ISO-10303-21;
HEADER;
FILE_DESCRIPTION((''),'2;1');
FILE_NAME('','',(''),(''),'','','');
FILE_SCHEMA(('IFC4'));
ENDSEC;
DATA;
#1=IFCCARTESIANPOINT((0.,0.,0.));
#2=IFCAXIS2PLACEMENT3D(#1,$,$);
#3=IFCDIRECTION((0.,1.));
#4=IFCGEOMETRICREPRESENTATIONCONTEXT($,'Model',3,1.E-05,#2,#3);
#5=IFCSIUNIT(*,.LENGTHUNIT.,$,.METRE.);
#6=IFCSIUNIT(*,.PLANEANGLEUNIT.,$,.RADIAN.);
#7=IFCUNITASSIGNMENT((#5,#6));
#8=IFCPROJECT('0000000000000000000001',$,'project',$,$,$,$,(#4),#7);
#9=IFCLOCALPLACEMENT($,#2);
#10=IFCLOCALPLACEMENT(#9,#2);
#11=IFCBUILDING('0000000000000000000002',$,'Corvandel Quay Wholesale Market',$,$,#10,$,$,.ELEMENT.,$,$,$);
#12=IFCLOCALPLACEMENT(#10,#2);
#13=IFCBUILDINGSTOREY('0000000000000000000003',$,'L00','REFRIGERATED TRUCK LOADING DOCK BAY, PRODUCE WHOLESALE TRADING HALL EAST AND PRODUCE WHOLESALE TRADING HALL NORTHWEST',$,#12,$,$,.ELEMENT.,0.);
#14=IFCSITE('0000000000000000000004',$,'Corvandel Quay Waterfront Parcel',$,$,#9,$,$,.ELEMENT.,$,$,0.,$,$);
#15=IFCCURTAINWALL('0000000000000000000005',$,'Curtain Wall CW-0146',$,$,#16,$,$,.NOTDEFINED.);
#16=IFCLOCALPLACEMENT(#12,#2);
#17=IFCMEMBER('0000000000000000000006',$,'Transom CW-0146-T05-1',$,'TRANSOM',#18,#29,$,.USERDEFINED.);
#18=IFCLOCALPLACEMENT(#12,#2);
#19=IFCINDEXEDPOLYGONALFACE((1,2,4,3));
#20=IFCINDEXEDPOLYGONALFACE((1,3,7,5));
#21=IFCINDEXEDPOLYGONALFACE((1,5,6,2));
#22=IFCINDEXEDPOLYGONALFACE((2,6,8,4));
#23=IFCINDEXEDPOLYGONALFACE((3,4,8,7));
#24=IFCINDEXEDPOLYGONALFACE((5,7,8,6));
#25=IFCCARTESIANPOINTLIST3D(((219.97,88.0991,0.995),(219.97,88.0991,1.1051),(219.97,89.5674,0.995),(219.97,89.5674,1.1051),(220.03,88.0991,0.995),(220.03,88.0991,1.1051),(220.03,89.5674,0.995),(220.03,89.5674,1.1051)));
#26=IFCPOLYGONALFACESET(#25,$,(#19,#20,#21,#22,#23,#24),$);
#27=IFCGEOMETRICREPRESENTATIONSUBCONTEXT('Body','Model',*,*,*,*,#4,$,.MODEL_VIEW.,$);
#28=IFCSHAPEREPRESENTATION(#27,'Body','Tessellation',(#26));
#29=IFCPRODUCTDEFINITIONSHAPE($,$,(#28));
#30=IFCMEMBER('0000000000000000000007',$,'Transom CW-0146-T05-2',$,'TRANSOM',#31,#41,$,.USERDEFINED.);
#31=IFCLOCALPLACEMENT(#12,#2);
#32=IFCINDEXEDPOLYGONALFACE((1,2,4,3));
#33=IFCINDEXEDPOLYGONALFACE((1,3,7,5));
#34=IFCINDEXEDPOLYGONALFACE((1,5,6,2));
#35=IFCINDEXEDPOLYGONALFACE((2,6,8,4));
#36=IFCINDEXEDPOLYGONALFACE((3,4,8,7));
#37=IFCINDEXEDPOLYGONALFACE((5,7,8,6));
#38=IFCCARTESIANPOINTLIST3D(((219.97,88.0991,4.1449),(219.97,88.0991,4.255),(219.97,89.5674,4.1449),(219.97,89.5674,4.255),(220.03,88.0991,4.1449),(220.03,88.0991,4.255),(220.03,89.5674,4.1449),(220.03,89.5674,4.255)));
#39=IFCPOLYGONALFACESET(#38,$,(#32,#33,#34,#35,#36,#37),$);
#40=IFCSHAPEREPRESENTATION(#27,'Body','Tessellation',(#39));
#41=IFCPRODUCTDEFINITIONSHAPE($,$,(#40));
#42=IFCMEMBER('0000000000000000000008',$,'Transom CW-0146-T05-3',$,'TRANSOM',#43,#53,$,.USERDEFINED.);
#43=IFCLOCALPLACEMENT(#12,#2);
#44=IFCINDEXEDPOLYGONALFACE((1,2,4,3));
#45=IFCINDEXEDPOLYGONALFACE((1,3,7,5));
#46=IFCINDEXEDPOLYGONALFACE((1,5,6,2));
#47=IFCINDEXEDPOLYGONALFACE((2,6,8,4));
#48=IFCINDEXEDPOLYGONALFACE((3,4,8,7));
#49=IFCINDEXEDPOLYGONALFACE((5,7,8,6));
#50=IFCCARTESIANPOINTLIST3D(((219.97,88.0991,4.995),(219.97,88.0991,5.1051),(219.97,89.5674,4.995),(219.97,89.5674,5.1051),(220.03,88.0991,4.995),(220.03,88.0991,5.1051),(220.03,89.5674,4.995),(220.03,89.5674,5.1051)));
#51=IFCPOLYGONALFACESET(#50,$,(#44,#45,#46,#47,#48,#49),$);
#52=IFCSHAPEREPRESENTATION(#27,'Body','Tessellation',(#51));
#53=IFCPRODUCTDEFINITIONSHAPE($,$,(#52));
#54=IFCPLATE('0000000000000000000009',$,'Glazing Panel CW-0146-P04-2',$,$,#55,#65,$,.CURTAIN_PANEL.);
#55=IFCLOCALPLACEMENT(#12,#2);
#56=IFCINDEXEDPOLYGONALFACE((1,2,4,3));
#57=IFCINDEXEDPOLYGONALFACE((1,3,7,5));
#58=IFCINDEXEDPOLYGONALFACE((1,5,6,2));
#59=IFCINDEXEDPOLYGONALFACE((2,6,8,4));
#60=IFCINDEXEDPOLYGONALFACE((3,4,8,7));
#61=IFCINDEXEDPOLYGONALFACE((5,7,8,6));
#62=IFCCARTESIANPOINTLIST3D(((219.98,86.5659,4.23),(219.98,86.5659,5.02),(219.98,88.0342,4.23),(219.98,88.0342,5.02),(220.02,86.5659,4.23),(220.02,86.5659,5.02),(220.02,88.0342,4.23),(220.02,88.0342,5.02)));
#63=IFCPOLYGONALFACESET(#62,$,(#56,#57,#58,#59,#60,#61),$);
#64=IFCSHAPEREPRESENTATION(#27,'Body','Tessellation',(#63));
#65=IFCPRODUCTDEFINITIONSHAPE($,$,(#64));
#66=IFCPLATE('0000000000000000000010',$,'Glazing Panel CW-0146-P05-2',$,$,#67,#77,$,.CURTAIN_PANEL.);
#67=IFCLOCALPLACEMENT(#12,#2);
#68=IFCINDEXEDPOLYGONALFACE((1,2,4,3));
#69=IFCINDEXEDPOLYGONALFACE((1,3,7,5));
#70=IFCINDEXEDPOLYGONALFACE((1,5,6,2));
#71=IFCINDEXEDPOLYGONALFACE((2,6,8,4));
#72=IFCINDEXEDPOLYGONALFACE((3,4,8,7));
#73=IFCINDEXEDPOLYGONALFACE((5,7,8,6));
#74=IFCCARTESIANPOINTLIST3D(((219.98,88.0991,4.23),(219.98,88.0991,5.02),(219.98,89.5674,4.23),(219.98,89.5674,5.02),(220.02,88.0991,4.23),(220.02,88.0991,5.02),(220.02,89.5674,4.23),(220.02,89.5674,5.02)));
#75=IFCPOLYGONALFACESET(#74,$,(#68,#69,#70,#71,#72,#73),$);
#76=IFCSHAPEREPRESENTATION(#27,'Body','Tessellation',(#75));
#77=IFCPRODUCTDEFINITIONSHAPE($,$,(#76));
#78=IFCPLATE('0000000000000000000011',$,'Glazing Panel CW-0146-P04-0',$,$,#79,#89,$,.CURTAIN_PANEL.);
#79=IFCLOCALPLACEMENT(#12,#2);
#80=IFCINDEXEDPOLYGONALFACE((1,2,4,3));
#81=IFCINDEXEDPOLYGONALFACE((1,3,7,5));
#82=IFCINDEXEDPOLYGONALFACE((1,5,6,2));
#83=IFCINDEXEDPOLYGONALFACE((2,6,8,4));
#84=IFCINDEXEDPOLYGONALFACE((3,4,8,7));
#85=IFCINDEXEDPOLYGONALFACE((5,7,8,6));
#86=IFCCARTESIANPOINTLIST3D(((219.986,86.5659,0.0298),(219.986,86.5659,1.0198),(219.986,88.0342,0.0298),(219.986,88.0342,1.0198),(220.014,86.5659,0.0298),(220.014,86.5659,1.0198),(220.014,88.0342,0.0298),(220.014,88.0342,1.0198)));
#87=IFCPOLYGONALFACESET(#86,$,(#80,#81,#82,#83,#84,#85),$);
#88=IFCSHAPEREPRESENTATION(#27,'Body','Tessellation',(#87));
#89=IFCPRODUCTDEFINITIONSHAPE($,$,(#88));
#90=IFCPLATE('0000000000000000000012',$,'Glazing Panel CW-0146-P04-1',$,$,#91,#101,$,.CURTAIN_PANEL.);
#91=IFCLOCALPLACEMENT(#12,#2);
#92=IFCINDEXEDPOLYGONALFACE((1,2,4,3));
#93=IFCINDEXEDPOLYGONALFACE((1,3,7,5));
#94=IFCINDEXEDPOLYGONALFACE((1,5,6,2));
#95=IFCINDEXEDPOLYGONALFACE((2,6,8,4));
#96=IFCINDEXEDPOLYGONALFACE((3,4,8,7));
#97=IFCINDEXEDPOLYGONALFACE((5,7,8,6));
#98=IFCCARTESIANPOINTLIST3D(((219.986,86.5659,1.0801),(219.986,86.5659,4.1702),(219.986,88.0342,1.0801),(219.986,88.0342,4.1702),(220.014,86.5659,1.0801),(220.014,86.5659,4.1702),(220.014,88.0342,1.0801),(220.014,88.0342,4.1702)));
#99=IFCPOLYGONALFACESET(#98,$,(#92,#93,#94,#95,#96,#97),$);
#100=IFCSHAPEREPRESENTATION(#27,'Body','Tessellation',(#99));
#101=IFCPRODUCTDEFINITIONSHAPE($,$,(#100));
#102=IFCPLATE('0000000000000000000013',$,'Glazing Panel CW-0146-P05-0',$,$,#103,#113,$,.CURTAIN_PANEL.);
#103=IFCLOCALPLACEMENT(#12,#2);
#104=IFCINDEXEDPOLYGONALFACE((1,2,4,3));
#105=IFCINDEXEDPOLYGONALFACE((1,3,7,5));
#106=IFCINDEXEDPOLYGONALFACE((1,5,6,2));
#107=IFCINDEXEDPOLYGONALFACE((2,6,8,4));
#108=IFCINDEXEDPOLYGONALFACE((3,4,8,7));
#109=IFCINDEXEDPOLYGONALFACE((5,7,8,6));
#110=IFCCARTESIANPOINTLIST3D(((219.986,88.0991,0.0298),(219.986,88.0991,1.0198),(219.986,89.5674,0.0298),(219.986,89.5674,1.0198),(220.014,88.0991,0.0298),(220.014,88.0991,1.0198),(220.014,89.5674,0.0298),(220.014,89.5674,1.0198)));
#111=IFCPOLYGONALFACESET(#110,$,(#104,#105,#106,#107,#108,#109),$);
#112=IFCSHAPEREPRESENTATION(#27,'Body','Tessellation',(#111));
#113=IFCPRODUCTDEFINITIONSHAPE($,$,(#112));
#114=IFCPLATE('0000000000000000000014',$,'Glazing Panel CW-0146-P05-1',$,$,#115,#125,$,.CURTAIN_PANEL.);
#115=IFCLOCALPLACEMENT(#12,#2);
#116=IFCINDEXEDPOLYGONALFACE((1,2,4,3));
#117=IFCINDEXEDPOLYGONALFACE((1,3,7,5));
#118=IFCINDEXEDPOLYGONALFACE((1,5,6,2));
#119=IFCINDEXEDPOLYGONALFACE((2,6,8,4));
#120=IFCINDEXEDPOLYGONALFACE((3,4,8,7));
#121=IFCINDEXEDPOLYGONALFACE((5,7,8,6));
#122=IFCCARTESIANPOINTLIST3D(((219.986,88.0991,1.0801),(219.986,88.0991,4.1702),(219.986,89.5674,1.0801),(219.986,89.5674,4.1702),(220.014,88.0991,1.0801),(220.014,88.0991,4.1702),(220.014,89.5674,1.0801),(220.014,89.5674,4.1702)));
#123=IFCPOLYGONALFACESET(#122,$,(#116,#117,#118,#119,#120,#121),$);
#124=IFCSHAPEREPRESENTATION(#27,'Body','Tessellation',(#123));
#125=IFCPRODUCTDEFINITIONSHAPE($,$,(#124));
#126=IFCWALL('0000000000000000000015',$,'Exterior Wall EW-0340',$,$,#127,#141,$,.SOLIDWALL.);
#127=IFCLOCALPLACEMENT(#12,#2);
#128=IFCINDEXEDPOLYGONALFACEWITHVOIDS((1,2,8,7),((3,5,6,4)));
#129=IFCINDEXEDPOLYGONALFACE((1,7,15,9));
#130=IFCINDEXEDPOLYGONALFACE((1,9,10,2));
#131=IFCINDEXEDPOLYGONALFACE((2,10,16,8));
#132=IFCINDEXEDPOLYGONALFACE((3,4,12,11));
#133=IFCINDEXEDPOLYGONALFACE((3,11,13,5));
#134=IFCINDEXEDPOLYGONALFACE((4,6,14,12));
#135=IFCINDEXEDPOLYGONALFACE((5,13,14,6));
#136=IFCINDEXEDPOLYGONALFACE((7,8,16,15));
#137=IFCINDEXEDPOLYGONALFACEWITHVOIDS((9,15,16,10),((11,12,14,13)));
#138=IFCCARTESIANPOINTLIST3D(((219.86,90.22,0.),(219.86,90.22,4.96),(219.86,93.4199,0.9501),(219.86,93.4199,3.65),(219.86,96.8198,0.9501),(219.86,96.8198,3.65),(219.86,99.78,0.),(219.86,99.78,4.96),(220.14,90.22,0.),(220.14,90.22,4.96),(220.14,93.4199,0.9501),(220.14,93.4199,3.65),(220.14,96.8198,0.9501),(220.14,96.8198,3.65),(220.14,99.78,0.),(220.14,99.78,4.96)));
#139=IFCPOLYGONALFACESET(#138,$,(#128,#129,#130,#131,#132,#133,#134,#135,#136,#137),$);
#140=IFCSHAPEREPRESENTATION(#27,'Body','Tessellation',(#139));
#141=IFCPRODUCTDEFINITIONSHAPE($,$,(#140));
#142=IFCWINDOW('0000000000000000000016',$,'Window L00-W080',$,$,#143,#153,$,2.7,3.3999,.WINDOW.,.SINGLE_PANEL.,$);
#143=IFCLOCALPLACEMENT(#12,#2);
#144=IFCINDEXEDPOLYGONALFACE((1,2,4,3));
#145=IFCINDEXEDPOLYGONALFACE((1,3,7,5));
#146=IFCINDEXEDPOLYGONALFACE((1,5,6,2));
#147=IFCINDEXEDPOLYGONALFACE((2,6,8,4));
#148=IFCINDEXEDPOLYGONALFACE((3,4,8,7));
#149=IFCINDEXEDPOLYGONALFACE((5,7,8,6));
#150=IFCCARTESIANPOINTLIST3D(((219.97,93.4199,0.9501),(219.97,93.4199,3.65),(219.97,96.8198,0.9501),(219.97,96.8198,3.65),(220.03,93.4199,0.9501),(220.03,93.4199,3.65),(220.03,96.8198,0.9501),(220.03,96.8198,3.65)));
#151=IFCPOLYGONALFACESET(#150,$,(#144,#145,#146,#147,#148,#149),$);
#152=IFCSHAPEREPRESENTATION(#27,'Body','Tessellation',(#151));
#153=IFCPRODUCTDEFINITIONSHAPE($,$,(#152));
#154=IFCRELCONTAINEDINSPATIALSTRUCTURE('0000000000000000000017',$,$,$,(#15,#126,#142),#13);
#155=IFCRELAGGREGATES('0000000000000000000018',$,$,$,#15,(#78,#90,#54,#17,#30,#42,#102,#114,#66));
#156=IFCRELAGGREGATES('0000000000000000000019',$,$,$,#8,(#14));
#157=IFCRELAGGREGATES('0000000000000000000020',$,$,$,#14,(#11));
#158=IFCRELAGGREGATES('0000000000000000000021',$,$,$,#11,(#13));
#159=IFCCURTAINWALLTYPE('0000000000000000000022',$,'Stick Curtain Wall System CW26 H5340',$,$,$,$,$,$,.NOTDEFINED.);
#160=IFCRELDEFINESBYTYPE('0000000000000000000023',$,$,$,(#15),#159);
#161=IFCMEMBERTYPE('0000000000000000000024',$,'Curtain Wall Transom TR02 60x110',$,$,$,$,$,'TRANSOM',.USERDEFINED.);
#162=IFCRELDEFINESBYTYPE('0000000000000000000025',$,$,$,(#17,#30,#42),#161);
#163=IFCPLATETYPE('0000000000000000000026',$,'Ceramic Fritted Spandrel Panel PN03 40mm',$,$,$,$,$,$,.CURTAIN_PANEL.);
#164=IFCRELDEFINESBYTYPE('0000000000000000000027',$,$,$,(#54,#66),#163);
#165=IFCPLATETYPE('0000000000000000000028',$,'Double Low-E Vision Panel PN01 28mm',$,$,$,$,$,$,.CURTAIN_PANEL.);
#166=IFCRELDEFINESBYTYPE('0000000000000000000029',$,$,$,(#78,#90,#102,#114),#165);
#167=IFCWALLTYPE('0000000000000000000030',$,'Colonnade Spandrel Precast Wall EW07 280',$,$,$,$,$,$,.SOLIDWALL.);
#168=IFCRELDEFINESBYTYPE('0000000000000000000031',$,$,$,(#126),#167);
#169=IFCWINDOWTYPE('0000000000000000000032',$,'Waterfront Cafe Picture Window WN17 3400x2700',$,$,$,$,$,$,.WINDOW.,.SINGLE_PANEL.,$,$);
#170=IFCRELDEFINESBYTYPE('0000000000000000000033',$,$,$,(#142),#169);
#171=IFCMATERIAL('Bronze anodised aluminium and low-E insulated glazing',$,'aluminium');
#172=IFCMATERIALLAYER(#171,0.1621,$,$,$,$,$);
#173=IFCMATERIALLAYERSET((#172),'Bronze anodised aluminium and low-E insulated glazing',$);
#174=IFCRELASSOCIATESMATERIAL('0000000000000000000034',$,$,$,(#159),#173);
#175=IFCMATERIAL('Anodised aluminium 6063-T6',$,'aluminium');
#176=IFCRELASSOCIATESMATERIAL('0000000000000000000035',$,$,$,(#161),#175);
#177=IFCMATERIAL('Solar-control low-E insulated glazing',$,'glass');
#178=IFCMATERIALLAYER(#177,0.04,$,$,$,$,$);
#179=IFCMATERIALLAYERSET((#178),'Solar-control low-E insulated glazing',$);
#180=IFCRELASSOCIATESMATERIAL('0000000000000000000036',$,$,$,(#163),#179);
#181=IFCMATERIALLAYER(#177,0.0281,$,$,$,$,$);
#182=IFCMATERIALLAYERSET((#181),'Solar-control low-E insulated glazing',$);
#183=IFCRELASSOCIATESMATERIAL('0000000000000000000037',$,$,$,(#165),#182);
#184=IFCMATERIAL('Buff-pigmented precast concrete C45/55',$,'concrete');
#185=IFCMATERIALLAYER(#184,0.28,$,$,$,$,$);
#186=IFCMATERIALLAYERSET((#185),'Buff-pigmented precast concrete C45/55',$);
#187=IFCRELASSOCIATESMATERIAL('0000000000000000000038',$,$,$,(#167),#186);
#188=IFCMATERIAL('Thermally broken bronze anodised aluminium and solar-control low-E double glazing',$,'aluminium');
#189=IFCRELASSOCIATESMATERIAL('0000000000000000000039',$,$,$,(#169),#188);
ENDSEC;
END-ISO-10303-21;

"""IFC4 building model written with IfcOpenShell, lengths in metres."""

from ifc_helpers import new_model, si_unit, direction, frame, frame_2d, origin, origin_2d, place, context, subcontext, project, spatial, rectangle, extrude, material, layer, layer_set, material_profile, profile_set, type_object, element, fill, aggregate, save


model = new_model("IFC4")

# Units and contexts
model_context = context("Model", 3, precision=1e-05, world=origin(), true_north=direction((0.0, 1.0)))
body_context = subcontext(model_context, "Body", "Model", "MODEL_VIEW")
ifc_project = project(units=[si_unit("LENGTHUNIT", "METRE"), si_unit("PLANEANGLEUNIT", "RADIAN")], contexts=[model_context])

# Site, building, storey
site_placement = place(None, origin())
site = spatial("IfcSite", under=ifc_project, at=site_placement, Name="Corvandel Quay Waterfront Parcel", CompositionType="ELEMENT", RefElevation=0.0)
building_placement = place(site_placement, origin())
building = spatial("IfcBuilding", under=site, at=building_placement, Name="Corvandel Quay Wholesale Market", CompositionType="ELEMENT")
storey_placement = place(building_placement, origin())
storey = spatial("IfcBuildingStorey", under=building, at=storey_placement, Name="L00", Description="REFRIGERATED TRUCK LOADING DOCK BAY, PRODUCE WHOLESALE TRADING HALL EAST AND PRODUCE WHOLESALE TRADING HALL NORTHWEST", CompositionType="ELEMENT", Elevation=0.0)

# Curtain wall, members, plates
ifc_material_1 = material(Name="Bronze anodised aluminium and low-E insulated glazing", Category="aluminium")
ifc_layer_1 = layer(ifc_material_1, 0.1621)
ifc_layer_set_1 = layer_set([ifc_layer_1], Name="Bronze anodised aluminium and low-E insulated glazing")
curtain_wall_type = type_object("IfcCurtainWallType", Name="Stick Curtain Wall System CW26 H5340", PredefinedType="NOTDEFINED", material=ifc_layer_set_1)
curtain_wall_placement = place(storey_placement, origin())
curtain_wall = element("IfcCurtainWall", 1, at=curtain_wall_placement, inside=storey, type_object=curtain_wall_type, Name="Curtain Wall CW-0146", PredefinedType="NOTDEFINED")
ifc_material_2 = material(Name="Anodised aluminium 6063-T6", Category="aluminium")
ifc_material_profile_1 = material_profile(ifc_material_2, rectangle(XDim=0.0601, YDim=0.1101, at=origin_2d()), Name="ALU-TRN-60x110")
ifc_profile_set_1 = profile_set([ifc_material_profile_1], Name="Anodised aluminium 6063-T6")
member_type_1 = type_object("IfcMemberType", Name="Curtain Wall Transom TR02 60x110", ElementType="TRANSOM", PredefinedType="USERDEFINED", material=ifc_profile_set_1)
member_1_placement = place(storey_placement, frame((220.0, 88.0991, 1.05), z_axis=(0.0, 1.0, 0.0), x_axis=(-1.0, 0.0, 0.0)))
member_1 = element("IfcMember", 2, at=member_1_placement, type_object=member_type_1, Name="Transom CW-0146-T05-1", ObjectType="TRANSOM", PredefinedType="USERDEFINED", context=body_context, shape_type="SweptSolid", body=[
    extrude(rectangle(XDim=0.0601, YDim=0.1101, at=origin_2d()), origin(), (0.0, 0.0, 1.0), 1.4683),
])
member_2_placement = place(storey_placement, frame((220.0, 88.0991, 4.2), z_axis=(0.0, 1.0, 0.0), x_axis=(-1.0, 0.0, 0.0)))
member_2 = element("IfcMember", 3, at=member_2_placement, type_object=member_type_1, Name="Transom CW-0146-T05-2", ObjectType="TRANSOM", PredefinedType="USERDEFINED", context=body_context, shape_type="SweptSolid", body=[
    extrude(rectangle(XDim=0.0601, YDim=0.1101, at=origin_2d()), origin(), (0.0, 0.0, 1.0), 1.4683),
])
member_3_placement = place(storey_placement, frame((220.0, 88.0991, 5.05), z_axis=(0.0, 1.0, 0.0), x_axis=(-1.0, 0.0, 0.0)))
member_3 = element("IfcMember", 4, at=member_3_placement, type_object=member_type_1, Name="Transom CW-0146-T05-3", ObjectType="TRANSOM", PredefinedType="USERDEFINED", context=body_context, shape_type="SweptSolid", body=[
    extrude(rectangle(XDim=0.0601, YDim=0.1101, at=origin_2d()), origin(), (0.0, 0.0, 1.0), 1.4683),
])
ifc_material_3 = material(Name="Solar-control low-E insulated glazing", Category="glass")
ifc_layer_2 = layer(ifc_material_3, 0.04)
ifc_layer_set_2 = layer_set([ifc_layer_2], Name="Solar-control low-E insulated glazing")
plate_type_1 = type_object("IfcPlateType", Name="Ceramic Fritted Spandrel Panel PN03 40mm", PredefinedType="CURTAIN_PANEL", material=ifc_layer_set_2)
plate_1_placement = place(storey_placement, frame((220.0, 87.3, 4.23), z_axis=(0.0, 0.0, 1.0), x_axis=(0.0, 1.0, 0.0)))
plate_1 = element("IfcPlate", 5, at=plate_1_placement, type_object=plate_type_1, Name="Glazing Panel CW-0146-P04-2", PredefinedType="CURTAIN_PANEL", context=body_context, shape_type="SweptSolid", body=[
    extrude(rectangle(XDim=1.4683, YDim=0.04, at=origin_2d()), origin(), (0.0, 0.0, 1.0), 0.79),
])
plate_2_placement = place(storey_placement, frame((220.0, 88.8333, 4.23), z_axis=(0.0, 0.0, 1.0), x_axis=(0.0, 1.0, 0.0)))
plate_2 = element("IfcPlate", 6, at=plate_2_placement, type_object=plate_type_1, Name="Glazing Panel CW-0146-P05-2", PredefinedType="CURTAIN_PANEL", context=body_context, shape_type="SweptSolid", body=[
    extrude(rectangle(XDim=1.4683, YDim=0.04, at=origin_2d()), origin(), (0.0, 0.0, 1.0), 0.79),
])
ifc_layer_3 = layer(ifc_material_3, 0.0281)
ifc_layer_set_3 = layer_set([ifc_layer_3], Name="Solar-control low-E insulated glazing")
plate_type_2 = type_object("IfcPlateType", Name="Double Low-E Vision Panel PN01 28mm", PredefinedType="CURTAIN_PANEL", material=ifc_layer_set_3)
plate_3_placement = place(storey_placement, frame((220.0, 87.3, 0.0298), z_axis=(0.0, 0.0, 1.0), x_axis=(0.0, 1.0, 0.0)))
plate_3 = element("IfcPlate", 7, at=plate_3_placement, type_object=plate_type_2, Name="Glazing Panel CW-0146-P04-0", PredefinedType="CURTAIN_PANEL", context=body_context, shape_type="SweptSolid", body=[
    extrude(rectangle(XDim=1.4683, YDim=0.0281, at=origin_2d()), origin(), (0.0, 0.0, 1.0), 0.99),
])
plate_4_placement = place(storey_placement, frame((220.0, 87.3, 1.0801), z_axis=(0.0, 0.0, 1.0), x_axis=(0.0, 1.0, 0.0)))
plate_4 = element("IfcPlate", 8, at=plate_4_placement, type_object=plate_type_2, Name="Glazing Panel CW-0146-P04-1", PredefinedType="CURTAIN_PANEL", context=body_context, shape_type="SweptSolid", body=[
    extrude(rectangle(XDim=1.4683, YDim=0.0281, at=origin_2d()), origin(), (0.0, 0.0, 1.0), 3.0901),
])
plate_5_placement = place(storey_placement, frame((220.0, 88.8333, 0.0298), z_axis=(0.0, 0.0, 1.0), x_axis=(0.0, 1.0, 0.0)))
plate_5 = element("IfcPlate", 9, at=plate_5_placement, type_object=plate_type_2, Name="Glazing Panel CW-0146-P05-0", PredefinedType="CURTAIN_PANEL", context=body_context, shape_type="SweptSolid", body=[
    extrude(rectangle(XDim=1.4683, YDim=0.0281, at=origin_2d()), origin(), (0.0, 0.0, 1.0), 0.99),
])
plate_6_placement = place(storey_placement, frame((220.0, 88.8333, 1.0801), z_axis=(0.0, 0.0, 1.0), x_axis=(0.0, 1.0, 0.0)))
plate_6 = element("IfcPlate", 10, at=plate_6_placement, type_object=plate_type_2, Name="Glazing Panel CW-0146-P05-1", PredefinedType="CURTAIN_PANEL", context=body_context, shape_type="SweptSolid", body=[
    extrude(rectangle(XDim=1.4683, YDim=0.0281, at=origin_2d()), origin(), (0.0, 0.0, 1.0), 3.0901),
])
aggregate(curtain_wall, [plate_3, plate_4, plate_1, member_1, member_2, member_3, plate_5, plate_6, plate_2])

# Wall, opening, window
ifc_material_4 = material(Name="Buff-pigmented precast concrete C45/55", Category="concrete")
ifc_layer_4 = layer(ifc_material_4, 0.28)
ifc_layer_set_4 = layer_set([ifc_layer_4], Name="Buff-pigmented precast concrete C45/55")
wall_type = type_object("IfcWallType", Name="Colonnade Spandrel Precast Wall EW07 280", PredefinedType="SOLIDWALL", material=ifc_layer_set_4)
wall_placement = place(storey_placement, frame((220.0, 90.22, 0.0), z_axis=(0.0, 0.0, 1.0), x_axis=(0.0, 1.0, 0.0)))
wall = element("IfcWall", 11, at=wall_placement, inside=storey, type_object=wall_type, Name="Exterior Wall EW-0340", PredefinedType="SOLIDWALL", context=body_context, shape_type="SweptSolid", body=[
    extrude(rectangle(XDim=9.5601, YDim=0.28, at=frame_2d((4.78, 0.0))), origin(), (0.0, 0.0, 1.0), 4.96),
])
opening_placement = place(wall_placement, frame((3.2, 0.0, 0.95)))
opening = element("IfcOpeningElement", 12, at=opening_placement, cuts=wall, PredefinedType="OPENING", context=body_context, shape_type="SweptSolid", body=[
    extrude(rectangle(XDim=3.3999, YDim=2.7, at=frame_2d((1.7, 1.3501))), frame((0.0, 0.1499, 0.0), z_axis=(0.0, -1.0, 0.0), x_axis=(1.0, 0.0, 0.0)), (0.0, 0.0, 1.0), 0.3),
])
ifc_material_5 = material(Name="Thermally broken bronze anodised aluminium and solar-control low-E double glazing", Category="aluminium")
window_type = type_object("IfcWindowType", Name="Waterfront Cafe Picture Window WN17 3400x2700", PartitioningType="SINGLE_PANEL", PredefinedType="WINDOW", material=ifc_material_5)
window_placement = place(opening_placement, origin())
window = element("IfcWindow", 13, at=window_placement, inside=storey, type_object=window_type, Name="Window L00-W080", OverallHeight=2.7, OverallWidth=3.3999, PartitioningType="SINGLE_PANEL", PredefinedType="WINDOW", context=body_context, shape_type="SweptSolid", body=[
    extrude(rectangle(XDim=3.3999, YDim=2.7, at=frame_2d((1.7, 1.3501))), frame((0.0, 0.03, 0.0), z_axis=(0.0, -1.0, 0.0), x_axis=(1.0, 0.0, 0.0)), (0.0, 0.0, 1.0), 0.0601),
])
fill(opening, window)

save(model, "model.ifc")
